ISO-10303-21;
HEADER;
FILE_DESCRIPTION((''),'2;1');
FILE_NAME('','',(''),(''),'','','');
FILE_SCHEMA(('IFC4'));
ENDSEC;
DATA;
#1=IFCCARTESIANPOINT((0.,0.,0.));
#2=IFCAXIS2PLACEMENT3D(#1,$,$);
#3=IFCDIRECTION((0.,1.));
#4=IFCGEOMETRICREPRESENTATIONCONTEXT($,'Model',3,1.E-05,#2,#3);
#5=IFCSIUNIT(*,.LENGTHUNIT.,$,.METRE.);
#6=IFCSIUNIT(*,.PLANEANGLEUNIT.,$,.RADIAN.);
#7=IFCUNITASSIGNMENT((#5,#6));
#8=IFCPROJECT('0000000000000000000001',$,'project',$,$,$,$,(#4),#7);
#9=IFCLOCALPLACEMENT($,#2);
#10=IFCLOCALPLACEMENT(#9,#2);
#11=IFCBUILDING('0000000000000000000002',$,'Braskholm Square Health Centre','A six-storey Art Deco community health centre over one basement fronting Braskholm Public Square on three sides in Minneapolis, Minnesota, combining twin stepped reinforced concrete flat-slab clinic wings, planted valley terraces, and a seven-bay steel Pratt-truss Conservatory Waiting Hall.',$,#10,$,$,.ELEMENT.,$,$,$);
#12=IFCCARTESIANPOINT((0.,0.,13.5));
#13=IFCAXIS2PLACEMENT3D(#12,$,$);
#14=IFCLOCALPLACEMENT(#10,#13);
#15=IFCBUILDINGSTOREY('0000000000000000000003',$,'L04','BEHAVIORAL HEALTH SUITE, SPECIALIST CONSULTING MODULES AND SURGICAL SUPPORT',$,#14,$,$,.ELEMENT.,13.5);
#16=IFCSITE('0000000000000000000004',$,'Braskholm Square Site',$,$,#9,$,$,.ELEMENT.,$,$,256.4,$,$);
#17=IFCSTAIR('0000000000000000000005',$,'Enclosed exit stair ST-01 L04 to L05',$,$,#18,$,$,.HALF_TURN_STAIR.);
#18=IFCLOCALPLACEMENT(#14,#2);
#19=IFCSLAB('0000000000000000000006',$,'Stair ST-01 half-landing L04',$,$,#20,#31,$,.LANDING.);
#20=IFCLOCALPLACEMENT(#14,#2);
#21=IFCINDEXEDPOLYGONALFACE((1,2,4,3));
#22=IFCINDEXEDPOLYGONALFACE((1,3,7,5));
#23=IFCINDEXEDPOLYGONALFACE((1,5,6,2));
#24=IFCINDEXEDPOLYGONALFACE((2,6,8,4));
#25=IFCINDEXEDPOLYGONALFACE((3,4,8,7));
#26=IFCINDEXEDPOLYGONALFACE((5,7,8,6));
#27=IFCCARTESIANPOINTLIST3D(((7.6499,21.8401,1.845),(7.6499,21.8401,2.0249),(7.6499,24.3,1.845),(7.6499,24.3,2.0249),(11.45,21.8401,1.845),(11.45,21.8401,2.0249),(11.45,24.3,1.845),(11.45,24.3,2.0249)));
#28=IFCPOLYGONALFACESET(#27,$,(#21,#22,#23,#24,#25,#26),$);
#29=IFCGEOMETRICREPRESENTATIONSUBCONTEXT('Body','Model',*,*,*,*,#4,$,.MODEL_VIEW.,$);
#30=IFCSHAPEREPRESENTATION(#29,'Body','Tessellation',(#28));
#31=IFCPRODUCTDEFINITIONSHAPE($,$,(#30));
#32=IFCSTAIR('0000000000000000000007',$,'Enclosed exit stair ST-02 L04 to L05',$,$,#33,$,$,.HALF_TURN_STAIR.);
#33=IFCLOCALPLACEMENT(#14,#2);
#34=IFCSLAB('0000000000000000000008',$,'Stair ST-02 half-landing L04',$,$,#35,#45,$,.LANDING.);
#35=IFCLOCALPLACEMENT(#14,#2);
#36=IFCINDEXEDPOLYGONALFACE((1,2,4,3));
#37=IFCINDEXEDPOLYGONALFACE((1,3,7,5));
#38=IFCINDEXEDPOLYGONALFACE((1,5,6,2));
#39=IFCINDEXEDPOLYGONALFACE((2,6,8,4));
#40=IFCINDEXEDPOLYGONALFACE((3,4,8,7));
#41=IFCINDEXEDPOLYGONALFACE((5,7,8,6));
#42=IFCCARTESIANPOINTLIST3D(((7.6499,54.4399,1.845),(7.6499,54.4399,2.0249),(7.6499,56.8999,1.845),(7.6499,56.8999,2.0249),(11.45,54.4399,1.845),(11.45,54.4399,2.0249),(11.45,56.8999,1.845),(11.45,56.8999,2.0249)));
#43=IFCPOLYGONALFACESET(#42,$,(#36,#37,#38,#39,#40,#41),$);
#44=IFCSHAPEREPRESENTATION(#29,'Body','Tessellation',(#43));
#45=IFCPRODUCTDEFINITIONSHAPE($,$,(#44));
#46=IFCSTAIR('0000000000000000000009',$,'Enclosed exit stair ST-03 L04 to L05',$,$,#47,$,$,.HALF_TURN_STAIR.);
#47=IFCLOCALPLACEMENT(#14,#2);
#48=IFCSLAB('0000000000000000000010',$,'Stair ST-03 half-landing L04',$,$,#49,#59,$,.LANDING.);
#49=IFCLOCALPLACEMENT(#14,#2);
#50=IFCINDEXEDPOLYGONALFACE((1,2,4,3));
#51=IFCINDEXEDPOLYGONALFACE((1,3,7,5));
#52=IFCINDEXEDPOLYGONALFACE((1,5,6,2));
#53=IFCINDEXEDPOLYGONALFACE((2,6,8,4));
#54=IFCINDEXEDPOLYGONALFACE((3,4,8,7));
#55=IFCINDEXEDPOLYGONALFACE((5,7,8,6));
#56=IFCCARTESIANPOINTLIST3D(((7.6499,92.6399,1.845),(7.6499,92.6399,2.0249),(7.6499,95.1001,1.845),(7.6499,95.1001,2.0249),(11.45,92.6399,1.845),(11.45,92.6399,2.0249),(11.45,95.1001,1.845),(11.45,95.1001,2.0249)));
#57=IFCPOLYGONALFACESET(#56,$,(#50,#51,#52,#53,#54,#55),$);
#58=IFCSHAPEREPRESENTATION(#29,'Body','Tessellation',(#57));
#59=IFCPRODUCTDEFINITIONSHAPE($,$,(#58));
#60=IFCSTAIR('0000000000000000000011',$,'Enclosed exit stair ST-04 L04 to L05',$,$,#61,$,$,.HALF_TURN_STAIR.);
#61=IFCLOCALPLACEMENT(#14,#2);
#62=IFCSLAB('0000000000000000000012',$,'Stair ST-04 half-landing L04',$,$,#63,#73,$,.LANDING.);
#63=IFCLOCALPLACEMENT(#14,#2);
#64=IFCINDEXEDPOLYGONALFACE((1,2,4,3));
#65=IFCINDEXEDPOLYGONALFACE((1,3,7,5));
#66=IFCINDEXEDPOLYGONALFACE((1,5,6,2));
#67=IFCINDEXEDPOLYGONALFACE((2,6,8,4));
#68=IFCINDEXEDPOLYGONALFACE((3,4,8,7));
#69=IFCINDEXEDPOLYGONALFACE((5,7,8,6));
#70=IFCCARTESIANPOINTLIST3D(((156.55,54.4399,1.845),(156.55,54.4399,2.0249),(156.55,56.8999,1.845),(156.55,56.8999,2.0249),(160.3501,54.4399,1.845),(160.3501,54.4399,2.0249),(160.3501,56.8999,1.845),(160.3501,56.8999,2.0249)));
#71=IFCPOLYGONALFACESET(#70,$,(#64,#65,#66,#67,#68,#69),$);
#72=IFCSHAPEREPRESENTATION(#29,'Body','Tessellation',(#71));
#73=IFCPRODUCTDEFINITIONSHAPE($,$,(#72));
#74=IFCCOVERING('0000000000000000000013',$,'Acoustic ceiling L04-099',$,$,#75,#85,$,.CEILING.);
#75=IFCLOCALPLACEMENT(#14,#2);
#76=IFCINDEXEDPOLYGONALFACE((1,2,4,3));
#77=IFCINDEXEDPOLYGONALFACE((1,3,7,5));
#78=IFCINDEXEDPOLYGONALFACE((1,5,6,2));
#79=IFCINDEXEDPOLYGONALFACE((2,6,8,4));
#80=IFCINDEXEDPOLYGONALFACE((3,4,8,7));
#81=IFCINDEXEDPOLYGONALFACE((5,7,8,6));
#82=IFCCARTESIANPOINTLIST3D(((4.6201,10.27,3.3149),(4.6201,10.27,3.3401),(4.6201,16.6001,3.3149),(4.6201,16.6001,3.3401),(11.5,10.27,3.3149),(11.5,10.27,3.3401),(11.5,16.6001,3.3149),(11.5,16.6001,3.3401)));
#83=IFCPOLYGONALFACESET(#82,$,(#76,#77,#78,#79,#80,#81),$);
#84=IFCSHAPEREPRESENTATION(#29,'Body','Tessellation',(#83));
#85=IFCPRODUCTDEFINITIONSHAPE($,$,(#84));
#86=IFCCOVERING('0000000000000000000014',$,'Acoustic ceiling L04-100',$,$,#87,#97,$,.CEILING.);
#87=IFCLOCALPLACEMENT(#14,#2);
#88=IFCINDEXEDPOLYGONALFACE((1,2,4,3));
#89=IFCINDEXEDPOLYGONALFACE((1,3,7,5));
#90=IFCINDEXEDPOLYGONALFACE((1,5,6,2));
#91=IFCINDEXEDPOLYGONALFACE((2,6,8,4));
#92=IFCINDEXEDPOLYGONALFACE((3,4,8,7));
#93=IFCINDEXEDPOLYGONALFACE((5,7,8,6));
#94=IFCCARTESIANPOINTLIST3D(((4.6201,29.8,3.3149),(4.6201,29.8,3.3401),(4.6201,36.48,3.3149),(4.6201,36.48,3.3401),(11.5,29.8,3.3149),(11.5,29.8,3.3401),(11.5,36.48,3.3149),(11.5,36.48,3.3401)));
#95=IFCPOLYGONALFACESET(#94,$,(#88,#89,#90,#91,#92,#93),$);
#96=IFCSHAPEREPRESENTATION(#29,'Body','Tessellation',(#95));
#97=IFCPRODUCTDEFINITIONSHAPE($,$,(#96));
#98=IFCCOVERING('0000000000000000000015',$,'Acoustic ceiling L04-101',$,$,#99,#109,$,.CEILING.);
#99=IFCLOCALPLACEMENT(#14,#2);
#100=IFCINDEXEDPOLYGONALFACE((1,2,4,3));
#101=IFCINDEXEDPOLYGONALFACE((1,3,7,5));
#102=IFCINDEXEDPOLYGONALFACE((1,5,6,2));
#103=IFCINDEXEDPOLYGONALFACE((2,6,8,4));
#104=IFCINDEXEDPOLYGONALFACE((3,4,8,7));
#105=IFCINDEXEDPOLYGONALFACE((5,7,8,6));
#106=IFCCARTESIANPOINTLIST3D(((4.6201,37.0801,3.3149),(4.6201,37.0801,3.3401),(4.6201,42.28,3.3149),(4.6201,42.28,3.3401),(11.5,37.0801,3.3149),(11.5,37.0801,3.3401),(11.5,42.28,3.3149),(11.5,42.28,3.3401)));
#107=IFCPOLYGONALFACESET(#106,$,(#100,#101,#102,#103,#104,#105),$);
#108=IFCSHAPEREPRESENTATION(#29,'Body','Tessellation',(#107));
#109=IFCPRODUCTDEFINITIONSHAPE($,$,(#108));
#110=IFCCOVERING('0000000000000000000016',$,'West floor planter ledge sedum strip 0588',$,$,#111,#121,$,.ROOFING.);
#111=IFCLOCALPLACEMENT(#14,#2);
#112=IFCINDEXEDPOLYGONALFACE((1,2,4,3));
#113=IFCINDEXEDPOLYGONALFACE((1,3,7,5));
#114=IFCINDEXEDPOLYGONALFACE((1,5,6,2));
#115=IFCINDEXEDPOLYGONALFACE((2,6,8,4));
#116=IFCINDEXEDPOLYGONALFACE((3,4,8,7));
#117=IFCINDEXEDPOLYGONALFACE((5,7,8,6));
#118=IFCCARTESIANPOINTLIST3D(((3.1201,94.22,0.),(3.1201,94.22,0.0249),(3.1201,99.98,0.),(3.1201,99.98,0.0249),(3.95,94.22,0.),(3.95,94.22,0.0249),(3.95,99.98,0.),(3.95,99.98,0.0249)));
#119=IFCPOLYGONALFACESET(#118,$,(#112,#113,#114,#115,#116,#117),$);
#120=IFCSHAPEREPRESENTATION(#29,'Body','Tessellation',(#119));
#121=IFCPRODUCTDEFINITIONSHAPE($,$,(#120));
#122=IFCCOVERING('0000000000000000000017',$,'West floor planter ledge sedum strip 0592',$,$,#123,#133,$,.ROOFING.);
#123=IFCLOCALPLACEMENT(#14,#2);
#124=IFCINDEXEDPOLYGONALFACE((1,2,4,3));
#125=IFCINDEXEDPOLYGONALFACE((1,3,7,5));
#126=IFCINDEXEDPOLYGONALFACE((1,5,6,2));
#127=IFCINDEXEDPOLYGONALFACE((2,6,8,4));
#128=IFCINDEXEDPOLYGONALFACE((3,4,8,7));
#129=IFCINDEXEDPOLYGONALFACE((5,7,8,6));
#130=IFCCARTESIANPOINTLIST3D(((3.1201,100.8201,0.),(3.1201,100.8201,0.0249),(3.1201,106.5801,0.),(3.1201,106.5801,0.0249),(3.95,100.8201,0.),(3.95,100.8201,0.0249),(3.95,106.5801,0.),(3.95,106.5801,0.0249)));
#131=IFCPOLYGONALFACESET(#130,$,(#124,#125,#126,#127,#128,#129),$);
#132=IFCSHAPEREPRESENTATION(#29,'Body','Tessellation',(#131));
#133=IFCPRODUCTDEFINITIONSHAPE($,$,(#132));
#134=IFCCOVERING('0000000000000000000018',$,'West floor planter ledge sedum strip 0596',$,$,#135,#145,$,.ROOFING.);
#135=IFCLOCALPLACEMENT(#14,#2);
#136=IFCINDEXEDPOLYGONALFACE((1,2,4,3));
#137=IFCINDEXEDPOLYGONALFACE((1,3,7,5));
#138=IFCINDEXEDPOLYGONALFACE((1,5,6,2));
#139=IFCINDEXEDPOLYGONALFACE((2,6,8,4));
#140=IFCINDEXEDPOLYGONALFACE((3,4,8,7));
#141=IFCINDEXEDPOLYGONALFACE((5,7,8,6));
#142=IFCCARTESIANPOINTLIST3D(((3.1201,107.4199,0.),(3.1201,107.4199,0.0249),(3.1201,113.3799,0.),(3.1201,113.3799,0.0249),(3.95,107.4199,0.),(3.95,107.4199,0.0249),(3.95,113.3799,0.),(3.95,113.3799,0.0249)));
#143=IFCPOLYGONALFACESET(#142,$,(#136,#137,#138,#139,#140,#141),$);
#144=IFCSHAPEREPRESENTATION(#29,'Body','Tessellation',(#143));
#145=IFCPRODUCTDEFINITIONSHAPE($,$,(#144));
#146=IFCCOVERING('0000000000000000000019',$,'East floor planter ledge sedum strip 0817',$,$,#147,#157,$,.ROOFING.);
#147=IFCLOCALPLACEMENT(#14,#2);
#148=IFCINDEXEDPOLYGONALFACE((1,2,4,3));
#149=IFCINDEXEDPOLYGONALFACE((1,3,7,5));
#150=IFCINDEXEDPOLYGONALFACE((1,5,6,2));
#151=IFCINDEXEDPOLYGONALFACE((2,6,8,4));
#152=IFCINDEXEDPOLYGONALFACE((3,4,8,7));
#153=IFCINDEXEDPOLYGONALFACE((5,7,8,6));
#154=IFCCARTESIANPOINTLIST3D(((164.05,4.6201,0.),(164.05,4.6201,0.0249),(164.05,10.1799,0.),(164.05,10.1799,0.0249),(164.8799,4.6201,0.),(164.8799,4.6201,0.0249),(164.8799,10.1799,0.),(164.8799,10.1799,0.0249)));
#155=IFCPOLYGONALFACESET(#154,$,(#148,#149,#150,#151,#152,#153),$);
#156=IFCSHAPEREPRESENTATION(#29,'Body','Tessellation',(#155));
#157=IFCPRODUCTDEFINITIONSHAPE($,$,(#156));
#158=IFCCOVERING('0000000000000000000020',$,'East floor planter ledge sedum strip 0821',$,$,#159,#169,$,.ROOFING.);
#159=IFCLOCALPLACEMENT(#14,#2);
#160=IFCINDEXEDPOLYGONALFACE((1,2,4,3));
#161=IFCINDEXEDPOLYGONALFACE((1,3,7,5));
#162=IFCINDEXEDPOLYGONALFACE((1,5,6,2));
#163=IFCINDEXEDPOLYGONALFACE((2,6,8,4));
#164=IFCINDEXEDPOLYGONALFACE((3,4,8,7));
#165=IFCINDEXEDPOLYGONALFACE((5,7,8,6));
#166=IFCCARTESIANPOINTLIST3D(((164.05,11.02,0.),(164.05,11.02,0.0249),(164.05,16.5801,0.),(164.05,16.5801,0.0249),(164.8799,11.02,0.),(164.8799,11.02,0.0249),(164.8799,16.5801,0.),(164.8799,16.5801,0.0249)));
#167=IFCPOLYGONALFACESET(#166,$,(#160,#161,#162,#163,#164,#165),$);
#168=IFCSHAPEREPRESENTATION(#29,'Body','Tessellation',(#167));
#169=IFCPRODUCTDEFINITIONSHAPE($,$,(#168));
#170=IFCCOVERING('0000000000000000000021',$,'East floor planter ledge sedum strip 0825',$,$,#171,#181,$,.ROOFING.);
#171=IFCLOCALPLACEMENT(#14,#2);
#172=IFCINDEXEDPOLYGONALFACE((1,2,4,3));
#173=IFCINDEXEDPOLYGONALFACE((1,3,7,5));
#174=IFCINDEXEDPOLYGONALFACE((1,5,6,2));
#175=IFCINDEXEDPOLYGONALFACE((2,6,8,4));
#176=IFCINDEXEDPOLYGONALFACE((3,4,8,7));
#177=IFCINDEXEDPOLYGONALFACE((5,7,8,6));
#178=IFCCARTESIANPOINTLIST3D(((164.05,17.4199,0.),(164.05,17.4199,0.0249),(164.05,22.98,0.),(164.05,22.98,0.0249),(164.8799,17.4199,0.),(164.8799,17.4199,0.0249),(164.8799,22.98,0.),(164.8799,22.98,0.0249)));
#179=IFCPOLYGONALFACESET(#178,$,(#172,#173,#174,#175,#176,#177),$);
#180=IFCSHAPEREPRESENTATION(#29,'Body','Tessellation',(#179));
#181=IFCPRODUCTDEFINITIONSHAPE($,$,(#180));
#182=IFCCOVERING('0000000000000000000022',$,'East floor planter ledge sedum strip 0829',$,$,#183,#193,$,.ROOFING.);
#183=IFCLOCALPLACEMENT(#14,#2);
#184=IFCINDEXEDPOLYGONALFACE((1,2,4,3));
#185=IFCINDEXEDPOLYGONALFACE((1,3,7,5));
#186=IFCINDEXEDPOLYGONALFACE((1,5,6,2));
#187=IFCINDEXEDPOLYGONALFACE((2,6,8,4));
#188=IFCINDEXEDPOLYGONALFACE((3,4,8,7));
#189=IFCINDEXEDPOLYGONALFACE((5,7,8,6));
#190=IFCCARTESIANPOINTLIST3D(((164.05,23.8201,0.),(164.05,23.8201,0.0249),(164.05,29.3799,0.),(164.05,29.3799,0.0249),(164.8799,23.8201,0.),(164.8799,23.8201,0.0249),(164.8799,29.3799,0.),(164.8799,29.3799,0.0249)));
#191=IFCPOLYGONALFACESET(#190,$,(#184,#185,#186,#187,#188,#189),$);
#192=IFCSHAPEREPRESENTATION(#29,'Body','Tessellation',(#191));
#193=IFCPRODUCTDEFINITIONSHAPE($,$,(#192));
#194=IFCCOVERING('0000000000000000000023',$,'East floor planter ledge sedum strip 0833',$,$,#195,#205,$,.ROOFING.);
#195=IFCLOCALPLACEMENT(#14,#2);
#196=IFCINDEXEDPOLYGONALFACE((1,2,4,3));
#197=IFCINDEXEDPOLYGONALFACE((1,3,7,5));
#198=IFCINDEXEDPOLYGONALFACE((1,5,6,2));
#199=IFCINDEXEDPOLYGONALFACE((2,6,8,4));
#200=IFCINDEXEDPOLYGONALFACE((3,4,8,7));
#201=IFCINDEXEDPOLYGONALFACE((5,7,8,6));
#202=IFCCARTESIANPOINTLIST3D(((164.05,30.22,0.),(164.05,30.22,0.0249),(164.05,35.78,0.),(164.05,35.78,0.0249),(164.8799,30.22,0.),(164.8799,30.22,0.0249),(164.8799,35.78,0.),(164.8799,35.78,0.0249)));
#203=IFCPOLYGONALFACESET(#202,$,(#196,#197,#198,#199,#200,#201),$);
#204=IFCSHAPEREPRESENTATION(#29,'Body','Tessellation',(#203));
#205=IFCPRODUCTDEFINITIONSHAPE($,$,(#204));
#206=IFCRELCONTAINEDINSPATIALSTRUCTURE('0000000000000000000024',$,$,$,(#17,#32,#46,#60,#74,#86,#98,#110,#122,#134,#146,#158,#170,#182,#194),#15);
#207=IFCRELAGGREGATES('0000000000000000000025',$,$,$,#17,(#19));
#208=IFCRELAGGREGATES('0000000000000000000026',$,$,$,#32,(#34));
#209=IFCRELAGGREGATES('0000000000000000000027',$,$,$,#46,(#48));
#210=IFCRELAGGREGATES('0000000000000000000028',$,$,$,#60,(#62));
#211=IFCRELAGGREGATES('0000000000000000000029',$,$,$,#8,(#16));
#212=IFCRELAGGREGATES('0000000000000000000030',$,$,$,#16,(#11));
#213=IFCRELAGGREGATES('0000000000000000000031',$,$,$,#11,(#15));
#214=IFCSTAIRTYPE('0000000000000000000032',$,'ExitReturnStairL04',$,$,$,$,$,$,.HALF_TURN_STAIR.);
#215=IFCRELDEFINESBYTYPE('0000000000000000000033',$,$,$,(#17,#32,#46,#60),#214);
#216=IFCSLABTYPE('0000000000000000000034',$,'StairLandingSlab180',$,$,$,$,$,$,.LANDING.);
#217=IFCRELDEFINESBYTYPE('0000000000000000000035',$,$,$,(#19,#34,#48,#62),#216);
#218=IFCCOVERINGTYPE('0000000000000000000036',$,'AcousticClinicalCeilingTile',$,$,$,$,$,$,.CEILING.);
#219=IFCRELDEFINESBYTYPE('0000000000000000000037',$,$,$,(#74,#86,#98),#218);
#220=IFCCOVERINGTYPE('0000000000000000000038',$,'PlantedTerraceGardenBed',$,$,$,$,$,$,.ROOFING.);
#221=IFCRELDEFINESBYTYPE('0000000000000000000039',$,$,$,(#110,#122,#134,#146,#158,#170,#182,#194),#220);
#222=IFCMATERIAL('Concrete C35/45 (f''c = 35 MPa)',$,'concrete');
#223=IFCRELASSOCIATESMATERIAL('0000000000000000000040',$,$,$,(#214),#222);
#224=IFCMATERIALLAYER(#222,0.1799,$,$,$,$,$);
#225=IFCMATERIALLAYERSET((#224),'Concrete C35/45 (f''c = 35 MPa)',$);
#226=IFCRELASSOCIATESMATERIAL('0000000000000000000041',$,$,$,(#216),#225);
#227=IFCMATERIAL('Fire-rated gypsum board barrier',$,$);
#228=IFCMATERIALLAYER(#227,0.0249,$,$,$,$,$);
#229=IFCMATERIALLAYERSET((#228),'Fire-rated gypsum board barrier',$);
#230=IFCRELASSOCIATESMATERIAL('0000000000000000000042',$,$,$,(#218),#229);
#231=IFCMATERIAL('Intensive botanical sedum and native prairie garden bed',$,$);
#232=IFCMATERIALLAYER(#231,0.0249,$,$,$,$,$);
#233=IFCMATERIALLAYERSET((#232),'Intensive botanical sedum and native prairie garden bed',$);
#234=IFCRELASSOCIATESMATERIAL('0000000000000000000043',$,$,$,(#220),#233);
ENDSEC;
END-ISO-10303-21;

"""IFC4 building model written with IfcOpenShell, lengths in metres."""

from ifc_helpers import new_model, si_unit, direction, frame, origin, place, context, subcontext, project, spatial, polyline, outline, extrude, material, layer, layer_set, type_object, element, aggregate, save


model = new_model("IFC4")

# Units and contexts
model_context = context("Model", 3, precision=1e-05, world=origin(), true_north=direction((0.0, 1.0)))
body_context = subcontext(model_context, "Body", "Model", "MODEL_VIEW")
ifc_project = project(units=[si_unit("LENGTHUNIT", "METRE"), si_unit("PLANEANGLEUNIT", "RADIAN")], contexts=[model_context])

# Site, building, storey
site_placement = place(None, origin())
site = spatial("IfcSite", under=ifc_project, at=site_placement, Name="Braskholm Square Site", CompositionType="ELEMENT", RefElevation=256.4)
building_placement = place(site_placement, origin())
building = spatial("IfcBuilding", under=site, at=building_placement, Name="Braskholm Square Health Centre", Description="A six-storey Art Deco community health centre over one basement fronting Braskholm Public Square on three sides in Minneapolis, Minnesota, combining twin stepped reinforced concrete flat-slab clinic wings, planted valley terraces, and a seven-bay steel Pratt-truss Conservatory Waiting Hall.", CompositionType="ELEMENT")
storey_placement = place(building_placement, frame((0.0, 0.0, 13.5)))
storey = spatial("IfcBuildingStorey", under=building, at=storey_placement, Name="L04", Description="BEHAVIORAL HEALTH SUITE, SPECIALIST CONSULTING MODULES AND SURGICAL SUPPORT", CompositionType="ELEMENT", Elevation=13.5)

# Stairs, slabs
ifc_material_1 = material(Name="Concrete C35/45 (f'c = 35 MPa)", Category="concrete")
stair_type = type_object("IfcStairType", Name="ExitReturnStairL04", PredefinedType="HALF_TURN_STAIR", material=ifc_material_1)
stair_1_placement = place(storey_placement, origin())
stair_1 = element("IfcStair", 1, at=stair_1_placement, inside=storey, type_object=stair_type, Name="Enclosed exit stair ST-01 L04 to L05", PredefinedType="HALF_TURN_STAIR")
ifc_layer_1 = layer(ifc_material_1, 0.1799)
ifc_layer_set_1 = layer_set([ifc_layer_1], Name="Concrete C35/45 (f'c = 35 MPa)")
slab_type = type_object("IfcSlabType", Name="StairLandingSlab180", PredefinedType="LANDING", material=ifc_layer_set_1)
slab_1_placement = place(storey_placement, frame((0.0, 0.0, 1.845)))
slab_1 = element("IfcSlab", 2, at=slab_1_placement, type_object=slab_type, Name="Stair ST-01 half-landing L04", PredefinedType="LANDING", context=body_context, shape_type="SweptSolid", body=[
    extrude(outline(polyline([(7.6499, 21.8401), (11.45, 21.8401), (11.45, 24.3), (7.6499, 24.3), (7.6499, 21.8401)])), origin(), (0.0, 0.0, 1.0), 0.1799),
])
aggregate(stair_1, [slab_1])
stair_2_placement = place(storey_placement, origin())
stair_2 = element("IfcStair", 3, at=stair_2_placement, inside=storey, type_object=stair_type, Name="Enclosed exit stair ST-02 L04 to L05", PredefinedType="HALF_TURN_STAIR")
slab_2_placement = place(storey_placement, frame((0.0, 0.0, 1.845)))
slab_2 = element("IfcSlab", 4, at=slab_2_placement, type_object=slab_type, Name="Stair ST-02 half-landing L04", PredefinedType="LANDING", context=body_context, shape_type="SweptSolid", body=[
    extrude(outline(polyline([(7.6499, 54.4399), (11.45, 54.4399), (11.45, 56.8999), (7.6499, 56.8999), (7.6499, 54.4399)])), origin(), (0.0, 0.0, 1.0), 0.1799),
])
aggregate(stair_2, [slab_2])
stair_3_placement = place(storey_placement, origin())
stair_3 = element("IfcStair", 5, at=stair_3_placement, inside=storey, type_object=stair_type, Name="Enclosed exit stair ST-03 L04 to L05", PredefinedType="HALF_TURN_STAIR")
slab_3_placement = place(storey_placement, frame((0.0, 0.0, 1.845)))
slab_3 = element("IfcSlab", 6, at=slab_3_placement, type_object=slab_type, Name="Stair ST-03 half-landing L04", PredefinedType="LANDING", context=body_context, shape_type="SweptSolid", body=[
    extrude(outline(polyline([(7.6499, 92.6399), (11.45, 92.6399), (11.45, 95.1001), (7.6499, 95.1001), (7.6499, 92.6399)])), origin(), (0.0, 0.0, 1.0), 0.1799),
])
aggregate(stair_3, [slab_3])
stair_4_placement = place(storey_placement, origin())
stair_4 = element("IfcStair", 7, at=stair_4_placement, inside=storey, type_object=stair_type, Name="Enclosed exit stair ST-04 L04 to L05", PredefinedType="HALF_TURN_STAIR")
slab_4_placement = place(storey_placement, frame((0.0, 0.0, 1.845)))
slab_4 = element("IfcSlab", 8, at=slab_4_placement, type_object=slab_type, Name="Stair ST-04 half-landing L04", PredefinedType="LANDING", context=body_context, shape_type="SweptSolid", body=[
    extrude(outline(polyline([(156.55, 54.4399), (160.3501, 54.4399), (160.3501, 56.8999), (156.55, 56.8999), (156.55, 54.4399)])), origin(), (0.0, 0.0, 1.0), 0.1799),
])
aggregate(stair_4, [slab_4])

# Coverings
ifc_material_2 = material(Name="Fire-rated gypsum board barrier")
ifc_layer_2 = layer(ifc_material_2, 0.0249)
ifc_layer_set_2 = layer_set([ifc_layer_2], Name="Fire-rated gypsum board barrier")
covering_type_1 = type_object("IfcCoveringType", Name="AcousticClinicalCeilingTile", PredefinedType="CEILING", material=ifc_layer_set_2)
covering_1_placement = place(storey_placement, frame((0.0, 0.0, 3.3149)))
element("IfcCovering", 9, at=covering_1_placement, inside=storey, type_object=covering_type_1, Name="Acoustic ceiling L04-099", PredefinedType="CEILING", context=body_context, shape_type="SweptSolid", body=[
    extrude(outline(polyline([(4.6201, 10.27), (11.5, 10.27), (11.5, 16.6001), (4.6201, 16.6001), (4.6201, 10.27)])), origin(), (0.0, 0.0, 1.0), 0.0251),
])
covering_2_placement = place(storey_placement, frame((0.0, 0.0, 3.3149)))
element("IfcCovering", 10, at=covering_2_placement, inside=storey, type_object=covering_type_1, Name="Acoustic ceiling L04-100", PredefinedType="CEILING", context=body_context, shape_type="SweptSolid", body=[
    extrude(outline(polyline([(4.6201, 29.8), (11.5, 29.8), (11.5, 36.48), (4.6201, 36.48), (4.6201, 29.8)])), origin(), (0.0, 0.0, 1.0), 0.0251),
])
covering_3_placement = place(storey_placement, frame((0.0, 0.0, 3.3149)))
element("IfcCovering", 11, at=covering_3_placement, inside=storey, type_object=covering_type_1, Name="Acoustic ceiling L04-101", PredefinedType="CEILING", context=body_context, shape_type="SweptSolid", body=[
    extrude(outline(polyline([(4.6201, 37.0801), (11.5, 37.0801), (11.5, 42.28), (4.6201, 42.28), (4.6201, 37.0801)])), origin(), (0.0, 0.0, 1.0), 0.0251),
])
ifc_material_3 = material(Name="Intensive botanical sedum and native prairie garden bed")
ifc_layer_3 = layer(ifc_material_3, 0.0249)
ifc_layer_set_3 = layer_set([ifc_layer_3], Name="Intensive botanical sedum and native prairie garden bed")
covering_type_2 = type_object("IfcCoveringType", Name="PlantedTerraceGardenBed", PredefinedType="ROOFING", material=ifc_layer_set_3)
covering_4_placement = place(storey_placement, origin())
element("IfcCovering", 12, at=covering_4_placement, inside=storey, type_object=covering_type_2, Name="West floor planter ledge sedum strip 0588", PredefinedType="ROOFING", context=body_context, shape_type="SweptSolid", body=[
    extrude(outline(polyline([(3.1201, 94.22), (3.95, 94.22), (3.95, 99.98), (3.1201, 99.98), (3.1201, 94.22)])), origin(), (0.0, 0.0, 1.0), 0.0249),
])
covering_5_placement = place(storey_placement, origin())
element("IfcCovering", 13, at=covering_5_placement, inside=storey, type_object=covering_type_2, Name="West floor planter ledge sedum strip 0592", PredefinedType="ROOFING", context=body_context, shape_type="SweptSolid", body=[
    extrude(outline(polyline([(3.1201, 100.8201), (3.95, 100.8201), (3.95, 106.5801), (3.1201, 106.5801), (3.1201, 100.8201)])), origin(), (0.0, 0.0, 1.0), 0.0249),
])
covering_6_placement = place(storey_placement, origin())
element("IfcCovering", 14, at=covering_6_placement, inside=storey, type_object=covering_type_2, Name="West floor planter ledge sedum strip 0596", PredefinedType="ROOFING", context=body_context, shape_type="SweptSolid", body=[
    extrude(outline(polyline([(3.1201, 107.4199), (3.95, 107.4199), (3.95, 113.3799), (3.1201, 113.3799), (3.1201, 107.4199)])), origin(), (0.0, 0.0, 1.0), 0.0249),
])
covering_7_placement = place(storey_placement, origin())
element("IfcCovering", 15, at=covering_7_placement, inside=storey, type_object=covering_type_2, Name="East floor planter ledge sedum strip 0817", PredefinedType="ROOFING", context=body_context, shape_type="SweptSolid", body=[
    extrude(outline(polyline([(164.05, 4.6201), (164.8799, 4.6201), (164.8799, 10.1799), (164.05, 10.1799), (164.05, 4.6201)])), origin(), (0.0, 0.0, 1.0), 0.0249),
])
covering_8_placement = place(storey_placement, origin())
element("IfcCovering", 16, at=covering_8_placement, inside=storey, type_object=covering_type_2, Name="East floor planter ledge sedum strip 0821", PredefinedType="ROOFING", context=body_context, shape_type="SweptSolid", body=[
    extrude(outline(polyline([(164.05, 11.02), (164.8799, 11.02), (164.8799, 16.5801), (164.05, 16.5801), (164.05, 11.02)])), origin(), (0.0, 0.0, 1.0), 0.0249),
])
covering_9_placement = place(storey_placement, origin())
element("IfcCovering", 17, at=covering_9_placement, inside=storey, type_object=covering_type_2, Name="East floor planter ledge sedum strip 0825", PredefinedType="ROOFING", context=body_context, shape_type="SweptSolid", body=[
    extrude(outline(polyline([(164.05, 17.4199), (164.8799, 17.4199), (164.8799, 22.98), (164.05, 22.98), (164.05, 17.4199)])), origin(), (0.0, 0.0, 1.0), 0.0249),
])
covering_10_placement = place(storey_placement, origin())
element("IfcCovering", 18, at=covering_10_placement, inside=storey, type_object=covering_type_2, Name="East floor planter ledge sedum strip 0829", PredefinedType="ROOFING", context=body_context, shape_type="SweptSolid", body=[
    extrude(outline(polyline([(164.05, 23.8201), (164.8799, 23.8201), (164.8799, 29.3799), (164.05, 29.3799), (164.05, 23.8201)])), origin(), (0.0, 0.0, 1.0), 0.0249),
])
covering_11_placement = place(storey_placement, origin())
element("IfcCovering", 19, at=covering_11_placement, inside=storey, type_object=covering_type_2, Name="East floor planter ledge sedum strip 0833", PredefinedType="ROOFING", context=body_context, shape_type="SweptSolid", body=[
    extrude(outline(polyline([(164.05, 30.22), (164.8799, 30.22), (164.8799, 35.78), (164.05, 35.78), (164.05, 30.22)])), origin(), (0.0, 0.0, 1.0), 0.0249),
])

save(model, "model.ifc")
